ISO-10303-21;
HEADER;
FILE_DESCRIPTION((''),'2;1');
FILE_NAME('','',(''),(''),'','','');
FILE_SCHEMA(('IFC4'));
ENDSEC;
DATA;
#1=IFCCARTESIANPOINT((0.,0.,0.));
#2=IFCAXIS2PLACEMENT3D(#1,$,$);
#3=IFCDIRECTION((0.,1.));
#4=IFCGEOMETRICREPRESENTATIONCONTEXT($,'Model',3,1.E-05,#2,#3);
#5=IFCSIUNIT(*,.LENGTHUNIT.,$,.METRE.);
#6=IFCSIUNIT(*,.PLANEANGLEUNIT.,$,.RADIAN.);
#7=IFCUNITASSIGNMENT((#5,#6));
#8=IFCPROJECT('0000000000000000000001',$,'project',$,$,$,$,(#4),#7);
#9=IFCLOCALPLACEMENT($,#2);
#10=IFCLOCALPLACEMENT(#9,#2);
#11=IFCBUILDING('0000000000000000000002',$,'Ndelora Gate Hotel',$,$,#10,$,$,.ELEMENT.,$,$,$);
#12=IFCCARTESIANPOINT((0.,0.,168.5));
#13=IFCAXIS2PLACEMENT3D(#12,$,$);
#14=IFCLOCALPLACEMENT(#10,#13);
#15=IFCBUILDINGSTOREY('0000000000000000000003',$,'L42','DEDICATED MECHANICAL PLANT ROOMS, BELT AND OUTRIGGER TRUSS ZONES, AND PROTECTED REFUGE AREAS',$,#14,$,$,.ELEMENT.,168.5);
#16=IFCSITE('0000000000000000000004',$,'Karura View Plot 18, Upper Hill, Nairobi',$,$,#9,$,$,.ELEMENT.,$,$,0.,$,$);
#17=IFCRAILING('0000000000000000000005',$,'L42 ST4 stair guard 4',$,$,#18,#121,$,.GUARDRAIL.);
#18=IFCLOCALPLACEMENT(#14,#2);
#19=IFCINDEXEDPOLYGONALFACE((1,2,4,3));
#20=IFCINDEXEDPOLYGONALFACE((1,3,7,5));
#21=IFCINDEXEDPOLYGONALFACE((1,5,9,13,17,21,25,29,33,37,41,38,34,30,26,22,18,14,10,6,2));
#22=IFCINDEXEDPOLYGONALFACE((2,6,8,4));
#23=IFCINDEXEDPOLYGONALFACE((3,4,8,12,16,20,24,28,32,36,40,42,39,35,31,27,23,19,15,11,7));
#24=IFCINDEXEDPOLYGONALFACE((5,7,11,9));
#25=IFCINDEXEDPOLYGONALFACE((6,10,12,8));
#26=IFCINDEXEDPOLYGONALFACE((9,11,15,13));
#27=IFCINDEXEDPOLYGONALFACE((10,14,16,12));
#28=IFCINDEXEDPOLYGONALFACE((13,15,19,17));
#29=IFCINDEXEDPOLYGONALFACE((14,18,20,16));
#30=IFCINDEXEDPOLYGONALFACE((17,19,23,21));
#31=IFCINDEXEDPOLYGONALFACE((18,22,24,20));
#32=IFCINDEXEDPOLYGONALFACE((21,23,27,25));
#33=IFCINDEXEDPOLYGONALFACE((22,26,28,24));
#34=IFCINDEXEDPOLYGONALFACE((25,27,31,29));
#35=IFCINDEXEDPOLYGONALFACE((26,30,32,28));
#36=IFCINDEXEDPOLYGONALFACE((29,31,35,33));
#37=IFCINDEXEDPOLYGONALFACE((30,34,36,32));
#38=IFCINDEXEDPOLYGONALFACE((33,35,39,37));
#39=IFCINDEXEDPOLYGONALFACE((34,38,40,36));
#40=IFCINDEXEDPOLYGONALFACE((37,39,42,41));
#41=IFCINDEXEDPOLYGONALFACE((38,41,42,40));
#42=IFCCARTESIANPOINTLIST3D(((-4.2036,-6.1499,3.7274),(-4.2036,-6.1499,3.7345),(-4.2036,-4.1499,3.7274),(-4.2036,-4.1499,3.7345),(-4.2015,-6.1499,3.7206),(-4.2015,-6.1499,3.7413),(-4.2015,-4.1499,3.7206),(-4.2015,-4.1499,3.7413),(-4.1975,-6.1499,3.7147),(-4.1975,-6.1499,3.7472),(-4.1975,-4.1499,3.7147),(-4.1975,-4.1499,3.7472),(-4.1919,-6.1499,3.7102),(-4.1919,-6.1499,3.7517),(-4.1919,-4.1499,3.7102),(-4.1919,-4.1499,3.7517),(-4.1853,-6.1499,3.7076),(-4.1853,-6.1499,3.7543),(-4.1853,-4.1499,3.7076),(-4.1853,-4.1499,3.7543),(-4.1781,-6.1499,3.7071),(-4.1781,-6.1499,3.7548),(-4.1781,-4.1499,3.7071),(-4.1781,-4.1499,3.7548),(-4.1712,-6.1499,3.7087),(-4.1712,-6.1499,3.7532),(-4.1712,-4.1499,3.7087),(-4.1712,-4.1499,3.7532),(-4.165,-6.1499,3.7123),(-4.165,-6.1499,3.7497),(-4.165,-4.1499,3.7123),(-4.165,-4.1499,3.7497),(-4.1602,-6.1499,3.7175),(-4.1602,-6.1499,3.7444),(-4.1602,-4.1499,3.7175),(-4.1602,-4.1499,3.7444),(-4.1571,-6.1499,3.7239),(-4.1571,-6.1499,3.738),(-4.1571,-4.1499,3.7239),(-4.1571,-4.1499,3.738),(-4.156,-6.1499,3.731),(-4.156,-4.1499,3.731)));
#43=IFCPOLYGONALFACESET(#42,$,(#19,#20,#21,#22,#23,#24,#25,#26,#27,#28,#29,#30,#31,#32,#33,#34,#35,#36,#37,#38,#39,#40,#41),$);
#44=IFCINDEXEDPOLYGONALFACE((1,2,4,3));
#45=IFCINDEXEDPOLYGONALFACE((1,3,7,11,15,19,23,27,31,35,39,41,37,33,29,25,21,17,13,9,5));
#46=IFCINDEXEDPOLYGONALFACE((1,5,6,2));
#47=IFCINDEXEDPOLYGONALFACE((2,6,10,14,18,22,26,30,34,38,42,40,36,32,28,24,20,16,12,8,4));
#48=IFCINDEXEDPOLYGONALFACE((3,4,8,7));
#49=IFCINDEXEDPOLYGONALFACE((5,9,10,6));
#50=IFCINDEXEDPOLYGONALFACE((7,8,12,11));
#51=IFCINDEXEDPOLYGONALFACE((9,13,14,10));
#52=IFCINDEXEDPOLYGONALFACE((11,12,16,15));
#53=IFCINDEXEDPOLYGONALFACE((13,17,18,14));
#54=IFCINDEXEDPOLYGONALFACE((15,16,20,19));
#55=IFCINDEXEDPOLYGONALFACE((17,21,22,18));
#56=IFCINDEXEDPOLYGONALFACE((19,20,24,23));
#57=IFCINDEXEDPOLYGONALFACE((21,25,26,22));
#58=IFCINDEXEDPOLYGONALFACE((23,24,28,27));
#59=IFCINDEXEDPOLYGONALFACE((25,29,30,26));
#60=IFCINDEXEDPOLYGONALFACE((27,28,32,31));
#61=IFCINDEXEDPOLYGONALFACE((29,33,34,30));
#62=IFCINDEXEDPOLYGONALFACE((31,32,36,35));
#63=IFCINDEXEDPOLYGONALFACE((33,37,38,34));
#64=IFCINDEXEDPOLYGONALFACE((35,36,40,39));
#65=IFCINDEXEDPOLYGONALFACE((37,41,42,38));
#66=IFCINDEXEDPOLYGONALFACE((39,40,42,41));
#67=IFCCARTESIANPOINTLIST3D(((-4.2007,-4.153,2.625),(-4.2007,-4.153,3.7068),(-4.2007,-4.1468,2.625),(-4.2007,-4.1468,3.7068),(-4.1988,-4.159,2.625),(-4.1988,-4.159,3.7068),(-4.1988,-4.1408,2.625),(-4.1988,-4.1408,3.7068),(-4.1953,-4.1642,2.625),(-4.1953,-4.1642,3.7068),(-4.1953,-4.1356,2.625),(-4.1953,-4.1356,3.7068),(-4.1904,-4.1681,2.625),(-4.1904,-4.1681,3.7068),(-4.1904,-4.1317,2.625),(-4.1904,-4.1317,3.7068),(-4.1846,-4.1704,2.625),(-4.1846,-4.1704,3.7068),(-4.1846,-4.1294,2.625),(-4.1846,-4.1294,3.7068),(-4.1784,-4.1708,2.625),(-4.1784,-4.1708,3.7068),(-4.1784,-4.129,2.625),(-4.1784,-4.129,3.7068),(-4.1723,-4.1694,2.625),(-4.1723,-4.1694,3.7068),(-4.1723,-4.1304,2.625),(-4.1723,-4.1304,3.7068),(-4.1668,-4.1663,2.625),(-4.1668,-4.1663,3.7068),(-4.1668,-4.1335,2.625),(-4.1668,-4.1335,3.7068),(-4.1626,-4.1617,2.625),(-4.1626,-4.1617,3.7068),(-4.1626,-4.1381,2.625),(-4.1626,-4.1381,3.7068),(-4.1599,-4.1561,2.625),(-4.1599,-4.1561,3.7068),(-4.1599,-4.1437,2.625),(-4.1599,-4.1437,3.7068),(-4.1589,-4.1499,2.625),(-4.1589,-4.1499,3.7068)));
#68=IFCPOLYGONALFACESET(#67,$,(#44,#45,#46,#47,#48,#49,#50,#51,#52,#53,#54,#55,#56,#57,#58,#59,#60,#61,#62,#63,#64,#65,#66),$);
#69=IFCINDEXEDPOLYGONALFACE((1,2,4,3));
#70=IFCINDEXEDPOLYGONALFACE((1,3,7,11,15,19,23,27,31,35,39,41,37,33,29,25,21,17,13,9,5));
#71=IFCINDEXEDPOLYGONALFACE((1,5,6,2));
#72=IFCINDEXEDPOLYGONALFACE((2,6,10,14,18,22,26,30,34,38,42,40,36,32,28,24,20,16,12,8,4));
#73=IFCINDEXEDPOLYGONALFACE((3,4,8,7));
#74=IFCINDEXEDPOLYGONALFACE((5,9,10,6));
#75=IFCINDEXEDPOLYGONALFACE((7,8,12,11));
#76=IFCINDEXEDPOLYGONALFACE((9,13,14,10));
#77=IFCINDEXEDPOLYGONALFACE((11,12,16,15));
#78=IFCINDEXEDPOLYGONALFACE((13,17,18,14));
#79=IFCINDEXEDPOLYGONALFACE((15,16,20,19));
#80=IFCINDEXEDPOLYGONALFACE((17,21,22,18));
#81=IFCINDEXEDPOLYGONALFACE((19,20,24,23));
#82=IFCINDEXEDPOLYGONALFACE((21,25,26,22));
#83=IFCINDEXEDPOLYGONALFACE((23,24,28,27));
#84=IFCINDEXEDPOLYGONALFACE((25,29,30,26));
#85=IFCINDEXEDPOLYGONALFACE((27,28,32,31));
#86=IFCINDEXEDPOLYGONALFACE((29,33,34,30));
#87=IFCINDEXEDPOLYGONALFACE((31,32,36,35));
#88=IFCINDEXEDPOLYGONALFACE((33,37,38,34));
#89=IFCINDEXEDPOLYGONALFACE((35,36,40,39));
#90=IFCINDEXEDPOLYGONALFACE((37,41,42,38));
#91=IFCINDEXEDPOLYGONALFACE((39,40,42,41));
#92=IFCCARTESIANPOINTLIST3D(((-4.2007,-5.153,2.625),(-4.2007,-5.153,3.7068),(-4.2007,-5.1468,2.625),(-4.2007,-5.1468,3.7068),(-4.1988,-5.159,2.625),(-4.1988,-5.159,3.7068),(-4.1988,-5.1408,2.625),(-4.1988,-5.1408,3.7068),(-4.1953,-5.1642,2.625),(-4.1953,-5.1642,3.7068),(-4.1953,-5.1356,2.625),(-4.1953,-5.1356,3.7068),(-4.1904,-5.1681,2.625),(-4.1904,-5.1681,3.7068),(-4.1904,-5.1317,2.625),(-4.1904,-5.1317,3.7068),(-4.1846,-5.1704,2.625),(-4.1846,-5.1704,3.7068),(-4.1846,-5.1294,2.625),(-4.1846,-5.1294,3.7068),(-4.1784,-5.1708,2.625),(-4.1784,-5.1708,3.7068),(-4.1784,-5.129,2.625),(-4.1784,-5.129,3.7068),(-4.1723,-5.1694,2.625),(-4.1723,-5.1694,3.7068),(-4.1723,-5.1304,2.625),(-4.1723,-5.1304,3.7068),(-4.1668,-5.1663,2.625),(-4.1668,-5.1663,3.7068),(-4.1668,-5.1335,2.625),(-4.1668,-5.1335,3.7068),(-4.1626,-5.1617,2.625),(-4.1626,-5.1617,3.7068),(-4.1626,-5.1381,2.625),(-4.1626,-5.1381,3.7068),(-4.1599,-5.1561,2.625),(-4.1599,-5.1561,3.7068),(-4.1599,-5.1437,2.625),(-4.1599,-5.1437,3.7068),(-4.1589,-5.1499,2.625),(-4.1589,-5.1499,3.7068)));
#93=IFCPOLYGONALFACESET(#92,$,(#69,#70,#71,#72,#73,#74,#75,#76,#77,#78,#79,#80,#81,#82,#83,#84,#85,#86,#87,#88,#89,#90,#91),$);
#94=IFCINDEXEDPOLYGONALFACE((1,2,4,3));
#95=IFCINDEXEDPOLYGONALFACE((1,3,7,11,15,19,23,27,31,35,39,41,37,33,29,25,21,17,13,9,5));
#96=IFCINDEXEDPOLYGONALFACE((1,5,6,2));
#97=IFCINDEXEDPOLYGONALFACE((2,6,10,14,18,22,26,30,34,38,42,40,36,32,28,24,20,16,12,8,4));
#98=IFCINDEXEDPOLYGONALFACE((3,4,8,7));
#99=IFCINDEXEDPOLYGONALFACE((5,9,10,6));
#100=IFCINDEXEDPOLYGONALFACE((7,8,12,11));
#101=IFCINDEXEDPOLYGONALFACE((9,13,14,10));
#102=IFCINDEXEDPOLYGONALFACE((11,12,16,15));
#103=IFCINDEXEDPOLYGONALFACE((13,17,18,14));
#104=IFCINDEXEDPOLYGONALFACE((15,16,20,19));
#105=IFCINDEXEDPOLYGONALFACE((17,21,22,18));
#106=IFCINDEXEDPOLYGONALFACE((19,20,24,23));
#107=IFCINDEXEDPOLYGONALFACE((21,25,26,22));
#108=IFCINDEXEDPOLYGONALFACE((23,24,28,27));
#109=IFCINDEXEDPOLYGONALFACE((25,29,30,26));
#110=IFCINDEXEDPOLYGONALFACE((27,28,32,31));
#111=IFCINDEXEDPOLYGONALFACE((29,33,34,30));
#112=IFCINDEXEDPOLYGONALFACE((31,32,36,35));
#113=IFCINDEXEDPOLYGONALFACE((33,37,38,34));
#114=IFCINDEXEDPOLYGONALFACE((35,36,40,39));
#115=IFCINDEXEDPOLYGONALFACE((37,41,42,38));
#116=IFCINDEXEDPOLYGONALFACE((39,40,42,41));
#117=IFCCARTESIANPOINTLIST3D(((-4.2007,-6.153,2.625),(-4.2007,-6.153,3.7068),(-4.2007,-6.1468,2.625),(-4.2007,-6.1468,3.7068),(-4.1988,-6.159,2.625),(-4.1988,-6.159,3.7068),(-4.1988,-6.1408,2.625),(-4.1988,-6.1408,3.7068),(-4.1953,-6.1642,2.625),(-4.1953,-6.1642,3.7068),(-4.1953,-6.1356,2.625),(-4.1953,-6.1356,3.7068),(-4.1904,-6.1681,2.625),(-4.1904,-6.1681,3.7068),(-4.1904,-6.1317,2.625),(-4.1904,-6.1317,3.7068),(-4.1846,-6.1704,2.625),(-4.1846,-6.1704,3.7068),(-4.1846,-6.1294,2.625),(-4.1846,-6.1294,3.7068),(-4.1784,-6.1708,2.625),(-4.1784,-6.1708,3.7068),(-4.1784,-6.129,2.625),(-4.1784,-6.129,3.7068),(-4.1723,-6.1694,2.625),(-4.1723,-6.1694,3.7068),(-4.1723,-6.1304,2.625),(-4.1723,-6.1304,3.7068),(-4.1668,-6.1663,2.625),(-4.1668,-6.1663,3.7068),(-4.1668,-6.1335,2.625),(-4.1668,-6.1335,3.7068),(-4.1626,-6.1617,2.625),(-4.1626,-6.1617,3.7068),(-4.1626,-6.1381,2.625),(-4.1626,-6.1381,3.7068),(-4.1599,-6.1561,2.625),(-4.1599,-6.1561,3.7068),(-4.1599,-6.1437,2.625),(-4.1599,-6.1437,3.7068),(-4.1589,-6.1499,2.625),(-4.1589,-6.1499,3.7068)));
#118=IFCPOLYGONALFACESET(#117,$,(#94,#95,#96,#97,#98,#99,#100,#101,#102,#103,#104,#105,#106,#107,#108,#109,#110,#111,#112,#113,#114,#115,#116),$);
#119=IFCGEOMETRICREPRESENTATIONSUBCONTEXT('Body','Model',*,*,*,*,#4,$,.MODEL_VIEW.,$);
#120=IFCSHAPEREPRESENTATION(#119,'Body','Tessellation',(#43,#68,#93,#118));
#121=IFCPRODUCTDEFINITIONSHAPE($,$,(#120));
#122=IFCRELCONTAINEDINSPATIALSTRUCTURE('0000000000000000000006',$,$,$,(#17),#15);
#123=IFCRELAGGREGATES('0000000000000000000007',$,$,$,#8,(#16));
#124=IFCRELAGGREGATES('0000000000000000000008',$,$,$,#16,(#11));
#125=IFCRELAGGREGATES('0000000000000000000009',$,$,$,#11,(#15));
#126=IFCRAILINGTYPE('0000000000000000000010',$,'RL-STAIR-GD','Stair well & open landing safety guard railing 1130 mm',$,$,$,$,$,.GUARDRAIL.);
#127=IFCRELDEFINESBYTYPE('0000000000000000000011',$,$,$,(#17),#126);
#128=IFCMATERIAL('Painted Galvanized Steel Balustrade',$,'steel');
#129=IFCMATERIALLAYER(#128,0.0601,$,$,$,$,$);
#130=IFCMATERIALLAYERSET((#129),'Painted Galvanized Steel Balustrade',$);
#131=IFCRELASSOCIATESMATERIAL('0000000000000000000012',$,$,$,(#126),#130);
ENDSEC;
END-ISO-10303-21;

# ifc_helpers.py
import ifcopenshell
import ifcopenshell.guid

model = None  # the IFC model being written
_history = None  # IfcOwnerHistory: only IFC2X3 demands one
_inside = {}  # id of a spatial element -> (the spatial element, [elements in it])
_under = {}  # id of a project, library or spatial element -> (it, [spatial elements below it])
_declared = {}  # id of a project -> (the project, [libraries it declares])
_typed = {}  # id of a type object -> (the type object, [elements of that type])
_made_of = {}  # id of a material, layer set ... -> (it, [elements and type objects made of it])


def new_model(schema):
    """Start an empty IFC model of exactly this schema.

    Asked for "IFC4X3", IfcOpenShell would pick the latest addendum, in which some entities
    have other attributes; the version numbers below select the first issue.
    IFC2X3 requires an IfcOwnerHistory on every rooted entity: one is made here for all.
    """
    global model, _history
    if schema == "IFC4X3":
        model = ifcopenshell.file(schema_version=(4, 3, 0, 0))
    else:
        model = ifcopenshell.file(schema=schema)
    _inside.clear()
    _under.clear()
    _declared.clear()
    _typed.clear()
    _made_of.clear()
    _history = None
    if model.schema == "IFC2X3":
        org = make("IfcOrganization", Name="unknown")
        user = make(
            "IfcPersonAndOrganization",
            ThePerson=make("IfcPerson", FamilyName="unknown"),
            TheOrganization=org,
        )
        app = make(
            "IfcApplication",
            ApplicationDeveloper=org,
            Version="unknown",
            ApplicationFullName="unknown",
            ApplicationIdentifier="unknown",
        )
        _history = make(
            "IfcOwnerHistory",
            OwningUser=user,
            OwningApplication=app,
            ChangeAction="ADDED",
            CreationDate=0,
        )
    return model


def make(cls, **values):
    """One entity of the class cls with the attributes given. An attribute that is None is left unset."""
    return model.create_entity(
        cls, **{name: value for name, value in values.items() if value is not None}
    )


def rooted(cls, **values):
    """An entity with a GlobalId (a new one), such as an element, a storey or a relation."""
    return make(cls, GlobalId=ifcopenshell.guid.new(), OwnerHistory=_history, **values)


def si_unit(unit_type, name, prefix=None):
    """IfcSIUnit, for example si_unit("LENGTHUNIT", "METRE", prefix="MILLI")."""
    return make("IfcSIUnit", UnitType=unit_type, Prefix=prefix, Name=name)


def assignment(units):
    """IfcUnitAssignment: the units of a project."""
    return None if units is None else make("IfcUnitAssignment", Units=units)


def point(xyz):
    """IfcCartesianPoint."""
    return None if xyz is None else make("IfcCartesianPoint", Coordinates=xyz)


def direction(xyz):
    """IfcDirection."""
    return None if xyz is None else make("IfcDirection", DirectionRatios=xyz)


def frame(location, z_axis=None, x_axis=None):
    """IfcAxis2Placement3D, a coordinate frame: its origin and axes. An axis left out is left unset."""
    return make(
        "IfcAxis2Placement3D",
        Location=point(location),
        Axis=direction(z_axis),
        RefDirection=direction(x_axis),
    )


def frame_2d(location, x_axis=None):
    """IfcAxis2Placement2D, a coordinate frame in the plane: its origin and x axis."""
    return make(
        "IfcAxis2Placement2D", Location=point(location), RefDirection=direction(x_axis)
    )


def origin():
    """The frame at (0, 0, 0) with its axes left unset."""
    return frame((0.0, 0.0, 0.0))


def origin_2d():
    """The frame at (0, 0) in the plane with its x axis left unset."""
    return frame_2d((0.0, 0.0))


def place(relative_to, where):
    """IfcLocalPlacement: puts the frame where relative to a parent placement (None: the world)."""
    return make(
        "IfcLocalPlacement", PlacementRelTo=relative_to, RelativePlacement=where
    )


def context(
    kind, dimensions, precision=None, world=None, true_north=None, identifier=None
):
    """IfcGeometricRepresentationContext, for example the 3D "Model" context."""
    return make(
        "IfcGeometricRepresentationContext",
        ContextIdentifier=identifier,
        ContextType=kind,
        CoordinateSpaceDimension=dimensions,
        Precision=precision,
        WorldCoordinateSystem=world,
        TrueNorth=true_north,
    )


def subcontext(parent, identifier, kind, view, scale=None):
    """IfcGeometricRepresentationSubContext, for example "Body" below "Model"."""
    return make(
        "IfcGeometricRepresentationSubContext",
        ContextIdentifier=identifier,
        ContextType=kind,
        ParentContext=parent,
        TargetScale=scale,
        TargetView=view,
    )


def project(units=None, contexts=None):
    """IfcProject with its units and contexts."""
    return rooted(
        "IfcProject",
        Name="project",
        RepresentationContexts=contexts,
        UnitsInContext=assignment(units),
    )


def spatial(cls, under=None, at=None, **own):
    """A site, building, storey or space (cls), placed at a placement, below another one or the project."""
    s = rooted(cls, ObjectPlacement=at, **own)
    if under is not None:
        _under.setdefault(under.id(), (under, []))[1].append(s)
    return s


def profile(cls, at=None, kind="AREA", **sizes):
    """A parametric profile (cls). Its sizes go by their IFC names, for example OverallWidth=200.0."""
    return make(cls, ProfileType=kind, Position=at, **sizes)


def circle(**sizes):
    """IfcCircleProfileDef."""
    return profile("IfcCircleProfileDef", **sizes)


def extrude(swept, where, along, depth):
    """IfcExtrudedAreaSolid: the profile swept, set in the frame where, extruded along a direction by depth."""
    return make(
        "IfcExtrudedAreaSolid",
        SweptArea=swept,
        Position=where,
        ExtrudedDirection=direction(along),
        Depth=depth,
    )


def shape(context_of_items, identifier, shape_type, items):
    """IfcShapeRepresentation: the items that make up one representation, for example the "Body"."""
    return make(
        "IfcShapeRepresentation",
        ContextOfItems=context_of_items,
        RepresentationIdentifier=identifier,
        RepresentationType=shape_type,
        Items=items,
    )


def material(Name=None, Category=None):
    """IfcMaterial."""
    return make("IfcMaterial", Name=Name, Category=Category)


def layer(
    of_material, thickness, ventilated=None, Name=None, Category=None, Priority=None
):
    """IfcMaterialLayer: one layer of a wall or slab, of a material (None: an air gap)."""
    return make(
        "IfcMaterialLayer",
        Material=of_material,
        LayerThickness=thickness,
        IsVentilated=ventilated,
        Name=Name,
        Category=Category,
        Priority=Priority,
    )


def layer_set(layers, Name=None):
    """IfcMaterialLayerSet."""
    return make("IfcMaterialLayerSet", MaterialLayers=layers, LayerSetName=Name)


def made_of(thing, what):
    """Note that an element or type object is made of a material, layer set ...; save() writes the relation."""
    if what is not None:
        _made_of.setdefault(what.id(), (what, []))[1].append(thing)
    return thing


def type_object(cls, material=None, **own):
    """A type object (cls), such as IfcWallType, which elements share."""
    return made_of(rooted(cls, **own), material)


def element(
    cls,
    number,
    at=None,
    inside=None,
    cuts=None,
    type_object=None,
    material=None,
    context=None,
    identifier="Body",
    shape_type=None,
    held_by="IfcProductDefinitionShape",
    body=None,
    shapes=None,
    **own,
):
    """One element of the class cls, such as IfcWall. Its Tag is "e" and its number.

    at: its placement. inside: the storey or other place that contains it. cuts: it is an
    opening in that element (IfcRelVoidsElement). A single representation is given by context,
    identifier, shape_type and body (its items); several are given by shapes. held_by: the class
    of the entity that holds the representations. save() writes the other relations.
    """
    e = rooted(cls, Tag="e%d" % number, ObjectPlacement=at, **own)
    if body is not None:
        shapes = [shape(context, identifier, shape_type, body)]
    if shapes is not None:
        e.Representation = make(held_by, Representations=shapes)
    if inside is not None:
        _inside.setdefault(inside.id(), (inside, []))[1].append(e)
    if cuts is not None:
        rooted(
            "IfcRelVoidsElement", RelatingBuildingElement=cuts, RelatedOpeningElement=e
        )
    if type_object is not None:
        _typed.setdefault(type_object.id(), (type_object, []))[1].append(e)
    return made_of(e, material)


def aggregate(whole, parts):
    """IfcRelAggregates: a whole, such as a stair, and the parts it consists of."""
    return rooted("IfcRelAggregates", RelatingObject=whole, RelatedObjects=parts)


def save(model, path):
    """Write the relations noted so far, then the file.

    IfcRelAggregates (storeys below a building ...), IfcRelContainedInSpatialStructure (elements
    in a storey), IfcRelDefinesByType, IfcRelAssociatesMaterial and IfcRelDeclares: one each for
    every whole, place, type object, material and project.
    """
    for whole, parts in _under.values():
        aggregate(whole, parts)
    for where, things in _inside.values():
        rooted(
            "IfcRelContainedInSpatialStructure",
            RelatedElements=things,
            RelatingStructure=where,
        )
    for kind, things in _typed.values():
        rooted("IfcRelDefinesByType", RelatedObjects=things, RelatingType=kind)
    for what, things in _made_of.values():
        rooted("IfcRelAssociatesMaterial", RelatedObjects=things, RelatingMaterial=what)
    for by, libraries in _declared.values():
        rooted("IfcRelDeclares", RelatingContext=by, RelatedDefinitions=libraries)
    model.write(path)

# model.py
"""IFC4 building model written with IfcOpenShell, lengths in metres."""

from ifc_helpers import new_model, si_unit, direction, frame, origin, origin_2d, place, context, subcontext, project, spatial, circle, extrude, material, layer, layer_set, type_object, element, save


model = new_model("IFC4")

# Units and contexts
model_context = context("Model", 3, precision=1e-05, world=origin(), true_north=direction((0.0, 1.0)))
body_context = subcontext(model_context, "Body", "Model", "MODEL_VIEW")
ifc_project = project(units=[si_unit("LENGTHUNIT", "METRE"), si_unit("PLANEANGLEUNIT", "RADIAN")], contexts=[model_context])

# Site, building, storey
site_placement = place(None, origin())
site = spatial("IfcSite", under=ifc_project, at=site_placement, Name="Karura View Plot 18, Upper Hill, Nairobi", CompositionType="ELEMENT", RefElevation=0.0)
building_placement = place(site_placement, origin())
building = spatial("IfcBuilding", under=site, at=building_placement, Name="Ndelora Gate Hotel", CompositionType="ELEMENT")
storey_placement = place(building_placement, frame((0.0, 0.0, 168.5)))
storey = spatial("IfcBuildingStorey", under=building, at=storey_placement, Name="L42", Description="DEDICATED MECHANICAL PLANT ROOMS, BELT AND OUTRIGGER TRUSS ZONES, AND PROTECTED REFUGE AREAS", CompositionType="ELEMENT", Elevation=168.5)

# Railing
ifc_material_1 = material(Name="Painted Galvanized Steel Balustrade", Category="steel")
ifc_layer_1 = layer(ifc_material_1, 0.0601)
ifc_layer_set_1 = layer_set([ifc_layer_1], Name="Painted Galvanized Steel Balustrade")
railing_type_1 = type_object("IfcRailingType", Name="RL-STAIR-GD", Description="Stair well & open landing safety guard railing 1130 mm", PredefinedType="GUARDRAIL", material=ifc_layer_set_1)
for number, where, name in (
    (1, (-4.1799, -4.1499, 2.625), "L42 ST4 stair guard 4"),
):
    element("IfcRailing", number, at=place(storey_placement, frame(where)), inside=storey, type_object=railing_type_1, Name=name, PredefinedType="GUARDRAIL", context=body_context, shape_type="SweptSolid", body=[
        extrude(circle(Radius=0.0239, at=origin_2d()), frame((0.0, 0.0, 1.106), z_axis=(0.0, -1.0, 0.0), x_axis=(1.0, 0.0, 0.0)), (0.0, 0.0, 1.0), 2.0),
        extrude(circle(Radius=0.021, at=origin_2d()), origin(), (0.0, 0.0, 1.0), 1.0818),
        extrude(circle(Radius=0.021, at=origin_2d()), frame((0.0, -1.0, 0.0)), (0.0, 0.0, 1.0), 1.0818),
        extrude(circle(Radius=0.021, at=origin_2d()), frame((0.0, -2.0, 0.0)), (0.0, 0.0, 1.0), 1.0818),
    ])

save(model, "model.ifc")
